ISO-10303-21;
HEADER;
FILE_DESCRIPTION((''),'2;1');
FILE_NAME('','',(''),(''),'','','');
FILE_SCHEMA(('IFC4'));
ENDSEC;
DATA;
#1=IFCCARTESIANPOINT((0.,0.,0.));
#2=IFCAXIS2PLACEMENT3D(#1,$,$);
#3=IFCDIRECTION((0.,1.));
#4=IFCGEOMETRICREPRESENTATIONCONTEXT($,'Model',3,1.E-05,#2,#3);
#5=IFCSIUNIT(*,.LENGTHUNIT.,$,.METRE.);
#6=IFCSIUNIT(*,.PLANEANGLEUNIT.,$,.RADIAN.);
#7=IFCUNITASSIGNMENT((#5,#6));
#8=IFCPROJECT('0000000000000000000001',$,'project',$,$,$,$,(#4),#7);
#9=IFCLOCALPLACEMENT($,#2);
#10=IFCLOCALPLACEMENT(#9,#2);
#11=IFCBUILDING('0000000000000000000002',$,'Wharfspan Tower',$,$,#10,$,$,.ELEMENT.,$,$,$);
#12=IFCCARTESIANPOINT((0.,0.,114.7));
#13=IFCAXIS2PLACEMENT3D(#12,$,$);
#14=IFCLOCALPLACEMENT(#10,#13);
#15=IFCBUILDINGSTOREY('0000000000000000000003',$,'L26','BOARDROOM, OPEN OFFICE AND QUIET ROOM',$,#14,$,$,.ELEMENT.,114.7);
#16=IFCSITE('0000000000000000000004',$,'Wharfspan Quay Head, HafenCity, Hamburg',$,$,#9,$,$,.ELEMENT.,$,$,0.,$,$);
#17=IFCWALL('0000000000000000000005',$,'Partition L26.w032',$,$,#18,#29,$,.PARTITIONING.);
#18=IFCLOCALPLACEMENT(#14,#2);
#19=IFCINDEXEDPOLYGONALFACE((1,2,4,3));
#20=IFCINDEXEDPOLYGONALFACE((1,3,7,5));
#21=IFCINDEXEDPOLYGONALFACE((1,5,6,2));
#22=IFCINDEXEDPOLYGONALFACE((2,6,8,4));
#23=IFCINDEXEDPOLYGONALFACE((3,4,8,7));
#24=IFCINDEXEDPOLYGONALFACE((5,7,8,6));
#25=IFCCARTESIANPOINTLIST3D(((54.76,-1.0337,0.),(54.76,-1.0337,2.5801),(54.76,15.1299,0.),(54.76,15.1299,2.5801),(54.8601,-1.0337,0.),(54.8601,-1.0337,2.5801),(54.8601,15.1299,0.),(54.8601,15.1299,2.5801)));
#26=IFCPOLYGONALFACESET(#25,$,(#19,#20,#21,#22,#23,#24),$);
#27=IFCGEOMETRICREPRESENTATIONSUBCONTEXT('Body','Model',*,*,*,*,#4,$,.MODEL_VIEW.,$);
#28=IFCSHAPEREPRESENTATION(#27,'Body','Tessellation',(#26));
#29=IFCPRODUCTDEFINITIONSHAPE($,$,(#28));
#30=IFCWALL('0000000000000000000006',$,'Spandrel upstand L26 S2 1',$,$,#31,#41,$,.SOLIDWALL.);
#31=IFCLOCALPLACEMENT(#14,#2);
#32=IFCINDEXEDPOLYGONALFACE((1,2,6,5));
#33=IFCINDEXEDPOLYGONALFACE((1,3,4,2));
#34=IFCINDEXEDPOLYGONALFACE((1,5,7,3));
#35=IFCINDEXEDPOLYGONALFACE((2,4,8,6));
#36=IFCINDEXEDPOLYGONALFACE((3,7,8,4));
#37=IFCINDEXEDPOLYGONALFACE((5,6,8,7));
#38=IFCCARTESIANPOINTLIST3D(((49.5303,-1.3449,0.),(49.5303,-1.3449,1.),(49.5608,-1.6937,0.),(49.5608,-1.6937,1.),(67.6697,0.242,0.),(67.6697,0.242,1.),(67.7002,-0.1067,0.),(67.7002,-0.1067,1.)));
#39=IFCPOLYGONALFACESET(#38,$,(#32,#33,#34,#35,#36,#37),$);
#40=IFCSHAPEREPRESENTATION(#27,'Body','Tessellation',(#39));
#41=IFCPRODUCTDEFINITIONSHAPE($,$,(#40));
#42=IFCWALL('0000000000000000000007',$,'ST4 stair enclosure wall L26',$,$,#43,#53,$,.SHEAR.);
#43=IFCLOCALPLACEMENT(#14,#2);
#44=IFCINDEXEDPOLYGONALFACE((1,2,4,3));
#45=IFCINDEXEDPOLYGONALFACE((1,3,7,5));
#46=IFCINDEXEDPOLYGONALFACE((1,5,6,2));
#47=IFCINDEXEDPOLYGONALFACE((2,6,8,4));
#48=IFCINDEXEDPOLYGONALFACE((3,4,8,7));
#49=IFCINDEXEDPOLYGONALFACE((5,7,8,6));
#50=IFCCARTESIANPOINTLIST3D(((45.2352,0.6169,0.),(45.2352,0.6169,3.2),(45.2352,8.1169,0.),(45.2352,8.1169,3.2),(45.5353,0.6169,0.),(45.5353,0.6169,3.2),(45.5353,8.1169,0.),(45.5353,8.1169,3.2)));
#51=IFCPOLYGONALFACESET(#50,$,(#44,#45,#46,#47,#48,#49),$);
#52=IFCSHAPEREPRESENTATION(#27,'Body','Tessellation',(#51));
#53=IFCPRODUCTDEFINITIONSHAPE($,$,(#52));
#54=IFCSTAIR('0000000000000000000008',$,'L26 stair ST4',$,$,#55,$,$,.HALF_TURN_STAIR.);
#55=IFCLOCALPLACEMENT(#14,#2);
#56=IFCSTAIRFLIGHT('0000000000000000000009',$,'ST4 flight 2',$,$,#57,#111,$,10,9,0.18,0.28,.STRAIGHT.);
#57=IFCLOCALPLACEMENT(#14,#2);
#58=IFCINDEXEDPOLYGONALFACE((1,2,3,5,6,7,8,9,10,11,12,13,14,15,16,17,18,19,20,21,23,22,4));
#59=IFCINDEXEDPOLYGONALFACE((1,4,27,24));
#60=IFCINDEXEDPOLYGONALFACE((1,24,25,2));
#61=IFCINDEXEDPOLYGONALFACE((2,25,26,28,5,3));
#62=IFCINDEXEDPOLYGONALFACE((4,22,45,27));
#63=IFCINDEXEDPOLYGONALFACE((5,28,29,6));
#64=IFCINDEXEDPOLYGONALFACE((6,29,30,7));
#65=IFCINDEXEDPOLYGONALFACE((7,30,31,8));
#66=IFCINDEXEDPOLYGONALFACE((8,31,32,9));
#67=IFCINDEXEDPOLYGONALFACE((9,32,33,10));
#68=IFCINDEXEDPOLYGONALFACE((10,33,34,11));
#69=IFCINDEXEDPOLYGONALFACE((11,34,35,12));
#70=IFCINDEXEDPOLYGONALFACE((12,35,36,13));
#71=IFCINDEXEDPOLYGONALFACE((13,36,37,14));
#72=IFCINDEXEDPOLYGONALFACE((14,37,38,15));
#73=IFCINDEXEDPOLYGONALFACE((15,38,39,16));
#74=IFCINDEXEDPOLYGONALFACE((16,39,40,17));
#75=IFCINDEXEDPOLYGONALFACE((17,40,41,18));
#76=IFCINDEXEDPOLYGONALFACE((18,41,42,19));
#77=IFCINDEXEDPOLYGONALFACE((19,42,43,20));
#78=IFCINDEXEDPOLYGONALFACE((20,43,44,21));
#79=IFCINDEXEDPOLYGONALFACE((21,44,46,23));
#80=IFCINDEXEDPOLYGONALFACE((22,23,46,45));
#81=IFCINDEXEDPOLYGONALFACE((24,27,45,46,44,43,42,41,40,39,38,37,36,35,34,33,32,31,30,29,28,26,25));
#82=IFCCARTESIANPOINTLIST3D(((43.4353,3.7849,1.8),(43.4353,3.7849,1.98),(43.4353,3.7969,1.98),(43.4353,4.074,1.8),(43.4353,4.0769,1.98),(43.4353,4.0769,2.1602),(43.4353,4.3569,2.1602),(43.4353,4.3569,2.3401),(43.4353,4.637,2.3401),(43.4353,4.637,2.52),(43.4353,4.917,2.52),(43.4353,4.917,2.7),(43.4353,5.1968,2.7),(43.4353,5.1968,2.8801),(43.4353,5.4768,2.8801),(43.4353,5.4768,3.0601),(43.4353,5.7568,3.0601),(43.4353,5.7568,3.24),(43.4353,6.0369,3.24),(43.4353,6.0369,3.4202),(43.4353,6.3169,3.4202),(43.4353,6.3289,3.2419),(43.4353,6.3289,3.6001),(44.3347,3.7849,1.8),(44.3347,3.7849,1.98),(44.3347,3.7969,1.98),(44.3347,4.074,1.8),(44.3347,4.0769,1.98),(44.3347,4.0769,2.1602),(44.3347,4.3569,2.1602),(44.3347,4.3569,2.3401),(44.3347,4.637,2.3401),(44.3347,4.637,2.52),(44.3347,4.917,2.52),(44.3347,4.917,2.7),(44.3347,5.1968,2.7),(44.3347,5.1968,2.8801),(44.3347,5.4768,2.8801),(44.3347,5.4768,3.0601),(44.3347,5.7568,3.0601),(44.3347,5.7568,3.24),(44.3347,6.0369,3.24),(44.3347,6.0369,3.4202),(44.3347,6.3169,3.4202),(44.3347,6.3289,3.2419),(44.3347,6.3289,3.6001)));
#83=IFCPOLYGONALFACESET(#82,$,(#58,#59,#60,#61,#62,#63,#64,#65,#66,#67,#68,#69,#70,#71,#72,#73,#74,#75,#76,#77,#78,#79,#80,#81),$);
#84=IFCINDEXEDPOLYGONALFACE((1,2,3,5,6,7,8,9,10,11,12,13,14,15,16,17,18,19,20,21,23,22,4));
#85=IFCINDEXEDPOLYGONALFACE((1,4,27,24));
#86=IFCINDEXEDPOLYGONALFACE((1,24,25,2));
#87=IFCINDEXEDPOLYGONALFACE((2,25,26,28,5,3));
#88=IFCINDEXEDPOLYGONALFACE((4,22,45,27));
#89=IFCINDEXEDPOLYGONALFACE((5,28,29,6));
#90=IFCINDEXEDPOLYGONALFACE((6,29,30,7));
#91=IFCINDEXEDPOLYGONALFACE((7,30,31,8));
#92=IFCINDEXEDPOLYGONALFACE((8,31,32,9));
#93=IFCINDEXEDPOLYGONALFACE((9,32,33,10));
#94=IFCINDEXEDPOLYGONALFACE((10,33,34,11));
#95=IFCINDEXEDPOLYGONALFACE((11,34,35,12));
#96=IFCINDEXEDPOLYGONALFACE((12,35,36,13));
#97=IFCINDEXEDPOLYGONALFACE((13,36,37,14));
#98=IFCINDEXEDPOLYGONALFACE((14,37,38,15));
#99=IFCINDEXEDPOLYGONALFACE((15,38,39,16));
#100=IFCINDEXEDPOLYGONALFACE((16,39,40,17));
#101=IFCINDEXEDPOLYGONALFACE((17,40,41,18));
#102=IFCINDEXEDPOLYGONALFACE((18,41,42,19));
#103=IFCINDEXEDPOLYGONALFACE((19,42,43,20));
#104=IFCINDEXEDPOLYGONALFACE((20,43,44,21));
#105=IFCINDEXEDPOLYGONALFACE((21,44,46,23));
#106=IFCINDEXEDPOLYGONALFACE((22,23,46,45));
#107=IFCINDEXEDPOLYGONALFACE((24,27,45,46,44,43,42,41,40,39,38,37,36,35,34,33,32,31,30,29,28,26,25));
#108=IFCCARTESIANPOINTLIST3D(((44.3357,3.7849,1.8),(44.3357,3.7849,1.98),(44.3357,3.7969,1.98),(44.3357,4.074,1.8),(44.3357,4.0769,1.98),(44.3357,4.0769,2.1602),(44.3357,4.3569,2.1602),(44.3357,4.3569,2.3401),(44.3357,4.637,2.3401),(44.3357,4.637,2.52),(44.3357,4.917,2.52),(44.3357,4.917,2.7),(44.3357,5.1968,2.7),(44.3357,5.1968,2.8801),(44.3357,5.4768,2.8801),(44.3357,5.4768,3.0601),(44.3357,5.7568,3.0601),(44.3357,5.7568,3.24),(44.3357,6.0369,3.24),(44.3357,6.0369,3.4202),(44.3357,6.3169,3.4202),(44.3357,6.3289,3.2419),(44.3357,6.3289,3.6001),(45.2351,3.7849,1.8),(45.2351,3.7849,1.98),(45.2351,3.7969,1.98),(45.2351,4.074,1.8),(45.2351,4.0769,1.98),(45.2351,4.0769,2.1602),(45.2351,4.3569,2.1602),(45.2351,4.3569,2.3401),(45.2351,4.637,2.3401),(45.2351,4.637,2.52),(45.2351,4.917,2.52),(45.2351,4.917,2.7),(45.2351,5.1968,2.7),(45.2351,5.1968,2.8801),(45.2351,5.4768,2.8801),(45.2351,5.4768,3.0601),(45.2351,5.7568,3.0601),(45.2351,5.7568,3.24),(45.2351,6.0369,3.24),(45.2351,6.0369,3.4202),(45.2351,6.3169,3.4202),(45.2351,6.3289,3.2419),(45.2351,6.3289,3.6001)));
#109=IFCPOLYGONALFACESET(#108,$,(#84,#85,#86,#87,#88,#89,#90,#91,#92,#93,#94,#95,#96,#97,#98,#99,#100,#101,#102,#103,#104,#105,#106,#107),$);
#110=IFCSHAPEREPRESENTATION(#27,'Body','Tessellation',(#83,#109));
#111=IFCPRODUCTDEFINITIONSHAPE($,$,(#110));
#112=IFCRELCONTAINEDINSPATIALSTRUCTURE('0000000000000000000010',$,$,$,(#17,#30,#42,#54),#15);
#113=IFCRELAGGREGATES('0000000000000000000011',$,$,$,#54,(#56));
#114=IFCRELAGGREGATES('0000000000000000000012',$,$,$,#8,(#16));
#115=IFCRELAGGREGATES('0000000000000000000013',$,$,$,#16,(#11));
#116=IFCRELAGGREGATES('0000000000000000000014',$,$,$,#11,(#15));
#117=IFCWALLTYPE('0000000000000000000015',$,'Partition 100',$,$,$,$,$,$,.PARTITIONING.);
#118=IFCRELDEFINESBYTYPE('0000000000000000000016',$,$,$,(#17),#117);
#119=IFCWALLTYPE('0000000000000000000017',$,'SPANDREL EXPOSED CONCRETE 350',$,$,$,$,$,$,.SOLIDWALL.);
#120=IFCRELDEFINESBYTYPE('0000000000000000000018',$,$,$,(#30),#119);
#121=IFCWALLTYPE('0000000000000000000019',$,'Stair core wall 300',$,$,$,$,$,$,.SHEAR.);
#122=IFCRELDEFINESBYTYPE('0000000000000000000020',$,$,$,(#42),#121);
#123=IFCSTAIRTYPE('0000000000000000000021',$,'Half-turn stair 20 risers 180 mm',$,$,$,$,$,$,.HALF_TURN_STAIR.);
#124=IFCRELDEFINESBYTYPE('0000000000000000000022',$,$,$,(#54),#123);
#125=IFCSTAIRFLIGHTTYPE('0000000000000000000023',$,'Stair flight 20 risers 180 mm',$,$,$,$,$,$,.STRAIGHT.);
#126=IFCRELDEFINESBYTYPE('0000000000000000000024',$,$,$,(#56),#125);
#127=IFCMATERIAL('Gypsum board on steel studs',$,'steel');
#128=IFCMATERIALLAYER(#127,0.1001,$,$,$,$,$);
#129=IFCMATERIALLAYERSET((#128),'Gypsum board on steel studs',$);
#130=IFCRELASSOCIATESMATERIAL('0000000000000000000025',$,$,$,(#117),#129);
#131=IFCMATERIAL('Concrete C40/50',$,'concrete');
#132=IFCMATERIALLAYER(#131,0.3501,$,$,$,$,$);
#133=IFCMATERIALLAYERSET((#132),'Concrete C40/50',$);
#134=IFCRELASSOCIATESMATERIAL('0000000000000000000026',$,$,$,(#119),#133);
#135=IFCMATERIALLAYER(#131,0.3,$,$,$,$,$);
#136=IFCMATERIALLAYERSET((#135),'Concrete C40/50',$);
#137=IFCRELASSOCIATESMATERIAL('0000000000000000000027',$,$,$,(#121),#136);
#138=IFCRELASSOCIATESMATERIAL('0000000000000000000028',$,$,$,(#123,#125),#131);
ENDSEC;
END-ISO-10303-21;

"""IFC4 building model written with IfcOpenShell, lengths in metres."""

from ifc_helpers import new_model, si_unit, direction, frame, frame_2d, origin, place, context, subcontext, project, spatial, polyline, rectangle, outline, extrude, material, layer, layer_set, type_object, element, aggregate, save


model = new_model("IFC4")

# Units and contexts
model_context = context("Model", 3, precision=1e-05, world=origin(), true_north=direction((0.0, 1.0)))
body_context = subcontext(model_context, "Body", "Model", "MODEL_VIEW")
ifc_project = project(units=[si_unit("LENGTHUNIT", "METRE"), si_unit("PLANEANGLEUNIT", "RADIAN")], contexts=[model_context])

# Site, building, storey
site_placement = place(None, origin())
site = spatial("IfcSite", under=ifc_project, at=site_placement, Name="Wharfspan Quay Head, HafenCity, Hamburg", CompositionType="ELEMENT", RefElevation=0.0)
building_placement = place(site_placement, origin())
building = spatial("IfcBuilding", under=site, at=building_placement, Name="Wharfspan Tower", CompositionType="ELEMENT")
storey_placement = place(building_placement, frame((0.0, 0.0, 114.7)))
storey = spatial("IfcBuildingStorey", under=building, at=storey_placement, Name="L26", Description="BOARDROOM, OPEN OFFICE AND QUIET ROOM", CompositionType="ELEMENT", Elevation=114.7)

# Shared definitions
ifc_material_1 = material(Name="Gypsum board on steel studs", Category="steel")

# Walls
ifc_layer_1 = layer(ifc_material_1, 0.1001)
ifc_layer_set_1 = layer_set([ifc_layer_1], Name="Gypsum board on steel studs")
wall_type_1 = type_object("IfcWallType", Name="Partition 100", PredefinedType="PARTITIONING", material=ifc_layer_set_1)
wall_1_placement = place(storey_placement, frame((54.8101, -1.0337, 0.0), z_axis=(0.0, 0.0, 1.0), x_axis=(0.0, 1.0, 0.0)))
element("IfcWall", 1, at=wall_1_placement, inside=storey, type_object=wall_type_1, Name="Partition L26.w032", PredefinedType="PARTITIONING", context=body_context, shape_type="SweptSolid", body=[
    extrude(rectangle(XDim=16.1636, YDim=0.1001, at=frame_2d((8.0818, 0.0))), origin(), (0.0, 0.0, 1.0), 2.5801),
])
ifc_material_2 = material(Name="Concrete C40/50", Category="concrete")
ifc_layer_2 = layer(ifc_material_2, 0.3501)
ifc_layer_set_2 = layer_set([ifc_layer_2], Name="Concrete C40/50")
wall_type_2 = type_object("IfcWallType", Name="SPANDREL EXPOSED CONCRETE 350", PredefinedType="SOLIDWALL", material=ifc_layer_set_2)
wall_2_placement = place(storey_placement, frame((49.5454, -1.5193, 0.0), z_axis=(0.0, 0.0, 1.0), x_axis=(0.996191, 0.087151, 0.0)))
element("IfcWall", 2, at=wall_2_placement, inside=storey, type_object=wall_type_2, Name="Spandrel upstand L26 S2 1", PredefinedType="SOLIDWALL", context=body_context, shape_type="SweptSolid", body=[
    extrude(rectangle(XDim=18.2087, YDim=0.3501, at=frame_2d((9.1045, 0.0))), origin(), (0.0, 0.0, 1.0), 1.0),
])
ifc_layer_3 = layer(ifc_material_2, 0.3)
ifc_layer_set_3 = layer_set([ifc_layer_3], Name="Concrete C40/50")
wall_type_3 = type_object("IfcWallType", Name="Stair core wall 300", PredefinedType="SHEAR", material=ifc_layer_set_3)
wall_3_placement = place(storey_placement, frame((45.3853, 0.6169, 0.0), z_axis=(0.0, 0.0, 1.0), x_axis=(0.0, 1.0, 0.0)))
element("IfcWall", 3, at=wall_3_placement, inside=storey, type_object=wall_type_3, Name="ST4 stair enclosure wall L26", PredefinedType="SHEAR", context=body_context, shape_type="SweptSolid", body=[
    extrude(rectangle(XDim=7.5, YDim=0.3, at=frame_2d((3.75, 0.0))), origin(), (0.0, 0.0, 1.0), 3.2),
])

# Stair, stair flight
stair_type = type_object("IfcStairType", Name="Half-turn stair 20 risers 180 mm", PredefinedType="HALF_TURN_STAIR", material=ifc_material_2)
stair_placement = place(storey_placement, origin())
stair = element("IfcStair", 4, at=stair_placement, inside=storey, type_object=stair_type, Name="L26 stair ST4", PredefinedType="HALF_TURN_STAIR")
stair_flight_type = type_object("IfcStairFlightType", Name="Stair flight 20 risers 180 mm", PredefinedType="STRAIGHT", material=ifc_material_2)
stair_flight_placement = place(storey_placement, frame((44.3352, 3.7969, 1.8), z_axis=(0.0, 0.0, 1.0), x_axis=(0.0, 1.0, 0.0)))
stair_flight = element("IfcStairFlight", 5, at=stair_flight_placement, type_object=stair_flight_type, Name="ST4 flight 2", NumberOfRisers=10, NumberOfTreads=9, PredefinedType="STRAIGHT", RiserHeight=0.18, TreadLength=0.28, context=body_context, shape_type="SweptSolid", body=[
    extrude(outline(polyline([(-0.012, 0.0), (-0.012, 0.1799), (0.0, 0.1799), (0.28, 0.1799), (0.28, 0.3601), (0.5601, 0.3601), (0.5601, 0.54), (0.8401, 0.54), (0.8401, 0.72), (1.1201, 0.72), (1.1201, 0.8999), (1.3999, 0.8999), (1.3999, 1.0801), (1.6799, 1.0801), (1.6799, 1.26), (1.96, 1.26), (1.96, 1.4399), (2.24, 1.4399), (2.24, 1.6201), (2.52, 1.6201), (2.532, 1.8), (2.532, 1.4419), (0.2771, 0.0), (-0.012, 0.0)])), frame((0.0, 0.8999, 0.0), z_axis=(0.0, -1.0, 0.0), x_axis=(1.0, 0.0, 0.0)), (0.0, 0.0, 1.0), 0.8994),
    extrude(outline(polyline([(-0.012, 0.0), (-0.012, 0.1799), (0.0, 0.1799), (0.28, 0.1799), (0.28, 0.3601), (0.5601, 0.3601), (0.5601, 0.54), (0.8401, 0.54), (0.8401, 0.72), (1.1201, 0.72), (1.1201, 0.8999), (1.3999, 0.8999), (1.3999, 1.0801), (1.6799, 1.0801), (1.6799, 1.26), (1.96, 1.26), (1.96, 1.4399), (2.24, 1.4399), (2.24, 1.6201), (2.52, 1.6201), (2.532, 1.8), (2.532, 1.4419), (0.2771, 0.0), (-0.012, 0.0)])), frame((0.0, -0.0005, 0.0), z_axis=(0.0, -1.0, 0.0), x_axis=(1.0, 0.0, 0.0)), (0.0, 0.0, 1.0), 0.8994),
])
aggregate(stair, [stair_flight])

save(model, "model.ifc")
